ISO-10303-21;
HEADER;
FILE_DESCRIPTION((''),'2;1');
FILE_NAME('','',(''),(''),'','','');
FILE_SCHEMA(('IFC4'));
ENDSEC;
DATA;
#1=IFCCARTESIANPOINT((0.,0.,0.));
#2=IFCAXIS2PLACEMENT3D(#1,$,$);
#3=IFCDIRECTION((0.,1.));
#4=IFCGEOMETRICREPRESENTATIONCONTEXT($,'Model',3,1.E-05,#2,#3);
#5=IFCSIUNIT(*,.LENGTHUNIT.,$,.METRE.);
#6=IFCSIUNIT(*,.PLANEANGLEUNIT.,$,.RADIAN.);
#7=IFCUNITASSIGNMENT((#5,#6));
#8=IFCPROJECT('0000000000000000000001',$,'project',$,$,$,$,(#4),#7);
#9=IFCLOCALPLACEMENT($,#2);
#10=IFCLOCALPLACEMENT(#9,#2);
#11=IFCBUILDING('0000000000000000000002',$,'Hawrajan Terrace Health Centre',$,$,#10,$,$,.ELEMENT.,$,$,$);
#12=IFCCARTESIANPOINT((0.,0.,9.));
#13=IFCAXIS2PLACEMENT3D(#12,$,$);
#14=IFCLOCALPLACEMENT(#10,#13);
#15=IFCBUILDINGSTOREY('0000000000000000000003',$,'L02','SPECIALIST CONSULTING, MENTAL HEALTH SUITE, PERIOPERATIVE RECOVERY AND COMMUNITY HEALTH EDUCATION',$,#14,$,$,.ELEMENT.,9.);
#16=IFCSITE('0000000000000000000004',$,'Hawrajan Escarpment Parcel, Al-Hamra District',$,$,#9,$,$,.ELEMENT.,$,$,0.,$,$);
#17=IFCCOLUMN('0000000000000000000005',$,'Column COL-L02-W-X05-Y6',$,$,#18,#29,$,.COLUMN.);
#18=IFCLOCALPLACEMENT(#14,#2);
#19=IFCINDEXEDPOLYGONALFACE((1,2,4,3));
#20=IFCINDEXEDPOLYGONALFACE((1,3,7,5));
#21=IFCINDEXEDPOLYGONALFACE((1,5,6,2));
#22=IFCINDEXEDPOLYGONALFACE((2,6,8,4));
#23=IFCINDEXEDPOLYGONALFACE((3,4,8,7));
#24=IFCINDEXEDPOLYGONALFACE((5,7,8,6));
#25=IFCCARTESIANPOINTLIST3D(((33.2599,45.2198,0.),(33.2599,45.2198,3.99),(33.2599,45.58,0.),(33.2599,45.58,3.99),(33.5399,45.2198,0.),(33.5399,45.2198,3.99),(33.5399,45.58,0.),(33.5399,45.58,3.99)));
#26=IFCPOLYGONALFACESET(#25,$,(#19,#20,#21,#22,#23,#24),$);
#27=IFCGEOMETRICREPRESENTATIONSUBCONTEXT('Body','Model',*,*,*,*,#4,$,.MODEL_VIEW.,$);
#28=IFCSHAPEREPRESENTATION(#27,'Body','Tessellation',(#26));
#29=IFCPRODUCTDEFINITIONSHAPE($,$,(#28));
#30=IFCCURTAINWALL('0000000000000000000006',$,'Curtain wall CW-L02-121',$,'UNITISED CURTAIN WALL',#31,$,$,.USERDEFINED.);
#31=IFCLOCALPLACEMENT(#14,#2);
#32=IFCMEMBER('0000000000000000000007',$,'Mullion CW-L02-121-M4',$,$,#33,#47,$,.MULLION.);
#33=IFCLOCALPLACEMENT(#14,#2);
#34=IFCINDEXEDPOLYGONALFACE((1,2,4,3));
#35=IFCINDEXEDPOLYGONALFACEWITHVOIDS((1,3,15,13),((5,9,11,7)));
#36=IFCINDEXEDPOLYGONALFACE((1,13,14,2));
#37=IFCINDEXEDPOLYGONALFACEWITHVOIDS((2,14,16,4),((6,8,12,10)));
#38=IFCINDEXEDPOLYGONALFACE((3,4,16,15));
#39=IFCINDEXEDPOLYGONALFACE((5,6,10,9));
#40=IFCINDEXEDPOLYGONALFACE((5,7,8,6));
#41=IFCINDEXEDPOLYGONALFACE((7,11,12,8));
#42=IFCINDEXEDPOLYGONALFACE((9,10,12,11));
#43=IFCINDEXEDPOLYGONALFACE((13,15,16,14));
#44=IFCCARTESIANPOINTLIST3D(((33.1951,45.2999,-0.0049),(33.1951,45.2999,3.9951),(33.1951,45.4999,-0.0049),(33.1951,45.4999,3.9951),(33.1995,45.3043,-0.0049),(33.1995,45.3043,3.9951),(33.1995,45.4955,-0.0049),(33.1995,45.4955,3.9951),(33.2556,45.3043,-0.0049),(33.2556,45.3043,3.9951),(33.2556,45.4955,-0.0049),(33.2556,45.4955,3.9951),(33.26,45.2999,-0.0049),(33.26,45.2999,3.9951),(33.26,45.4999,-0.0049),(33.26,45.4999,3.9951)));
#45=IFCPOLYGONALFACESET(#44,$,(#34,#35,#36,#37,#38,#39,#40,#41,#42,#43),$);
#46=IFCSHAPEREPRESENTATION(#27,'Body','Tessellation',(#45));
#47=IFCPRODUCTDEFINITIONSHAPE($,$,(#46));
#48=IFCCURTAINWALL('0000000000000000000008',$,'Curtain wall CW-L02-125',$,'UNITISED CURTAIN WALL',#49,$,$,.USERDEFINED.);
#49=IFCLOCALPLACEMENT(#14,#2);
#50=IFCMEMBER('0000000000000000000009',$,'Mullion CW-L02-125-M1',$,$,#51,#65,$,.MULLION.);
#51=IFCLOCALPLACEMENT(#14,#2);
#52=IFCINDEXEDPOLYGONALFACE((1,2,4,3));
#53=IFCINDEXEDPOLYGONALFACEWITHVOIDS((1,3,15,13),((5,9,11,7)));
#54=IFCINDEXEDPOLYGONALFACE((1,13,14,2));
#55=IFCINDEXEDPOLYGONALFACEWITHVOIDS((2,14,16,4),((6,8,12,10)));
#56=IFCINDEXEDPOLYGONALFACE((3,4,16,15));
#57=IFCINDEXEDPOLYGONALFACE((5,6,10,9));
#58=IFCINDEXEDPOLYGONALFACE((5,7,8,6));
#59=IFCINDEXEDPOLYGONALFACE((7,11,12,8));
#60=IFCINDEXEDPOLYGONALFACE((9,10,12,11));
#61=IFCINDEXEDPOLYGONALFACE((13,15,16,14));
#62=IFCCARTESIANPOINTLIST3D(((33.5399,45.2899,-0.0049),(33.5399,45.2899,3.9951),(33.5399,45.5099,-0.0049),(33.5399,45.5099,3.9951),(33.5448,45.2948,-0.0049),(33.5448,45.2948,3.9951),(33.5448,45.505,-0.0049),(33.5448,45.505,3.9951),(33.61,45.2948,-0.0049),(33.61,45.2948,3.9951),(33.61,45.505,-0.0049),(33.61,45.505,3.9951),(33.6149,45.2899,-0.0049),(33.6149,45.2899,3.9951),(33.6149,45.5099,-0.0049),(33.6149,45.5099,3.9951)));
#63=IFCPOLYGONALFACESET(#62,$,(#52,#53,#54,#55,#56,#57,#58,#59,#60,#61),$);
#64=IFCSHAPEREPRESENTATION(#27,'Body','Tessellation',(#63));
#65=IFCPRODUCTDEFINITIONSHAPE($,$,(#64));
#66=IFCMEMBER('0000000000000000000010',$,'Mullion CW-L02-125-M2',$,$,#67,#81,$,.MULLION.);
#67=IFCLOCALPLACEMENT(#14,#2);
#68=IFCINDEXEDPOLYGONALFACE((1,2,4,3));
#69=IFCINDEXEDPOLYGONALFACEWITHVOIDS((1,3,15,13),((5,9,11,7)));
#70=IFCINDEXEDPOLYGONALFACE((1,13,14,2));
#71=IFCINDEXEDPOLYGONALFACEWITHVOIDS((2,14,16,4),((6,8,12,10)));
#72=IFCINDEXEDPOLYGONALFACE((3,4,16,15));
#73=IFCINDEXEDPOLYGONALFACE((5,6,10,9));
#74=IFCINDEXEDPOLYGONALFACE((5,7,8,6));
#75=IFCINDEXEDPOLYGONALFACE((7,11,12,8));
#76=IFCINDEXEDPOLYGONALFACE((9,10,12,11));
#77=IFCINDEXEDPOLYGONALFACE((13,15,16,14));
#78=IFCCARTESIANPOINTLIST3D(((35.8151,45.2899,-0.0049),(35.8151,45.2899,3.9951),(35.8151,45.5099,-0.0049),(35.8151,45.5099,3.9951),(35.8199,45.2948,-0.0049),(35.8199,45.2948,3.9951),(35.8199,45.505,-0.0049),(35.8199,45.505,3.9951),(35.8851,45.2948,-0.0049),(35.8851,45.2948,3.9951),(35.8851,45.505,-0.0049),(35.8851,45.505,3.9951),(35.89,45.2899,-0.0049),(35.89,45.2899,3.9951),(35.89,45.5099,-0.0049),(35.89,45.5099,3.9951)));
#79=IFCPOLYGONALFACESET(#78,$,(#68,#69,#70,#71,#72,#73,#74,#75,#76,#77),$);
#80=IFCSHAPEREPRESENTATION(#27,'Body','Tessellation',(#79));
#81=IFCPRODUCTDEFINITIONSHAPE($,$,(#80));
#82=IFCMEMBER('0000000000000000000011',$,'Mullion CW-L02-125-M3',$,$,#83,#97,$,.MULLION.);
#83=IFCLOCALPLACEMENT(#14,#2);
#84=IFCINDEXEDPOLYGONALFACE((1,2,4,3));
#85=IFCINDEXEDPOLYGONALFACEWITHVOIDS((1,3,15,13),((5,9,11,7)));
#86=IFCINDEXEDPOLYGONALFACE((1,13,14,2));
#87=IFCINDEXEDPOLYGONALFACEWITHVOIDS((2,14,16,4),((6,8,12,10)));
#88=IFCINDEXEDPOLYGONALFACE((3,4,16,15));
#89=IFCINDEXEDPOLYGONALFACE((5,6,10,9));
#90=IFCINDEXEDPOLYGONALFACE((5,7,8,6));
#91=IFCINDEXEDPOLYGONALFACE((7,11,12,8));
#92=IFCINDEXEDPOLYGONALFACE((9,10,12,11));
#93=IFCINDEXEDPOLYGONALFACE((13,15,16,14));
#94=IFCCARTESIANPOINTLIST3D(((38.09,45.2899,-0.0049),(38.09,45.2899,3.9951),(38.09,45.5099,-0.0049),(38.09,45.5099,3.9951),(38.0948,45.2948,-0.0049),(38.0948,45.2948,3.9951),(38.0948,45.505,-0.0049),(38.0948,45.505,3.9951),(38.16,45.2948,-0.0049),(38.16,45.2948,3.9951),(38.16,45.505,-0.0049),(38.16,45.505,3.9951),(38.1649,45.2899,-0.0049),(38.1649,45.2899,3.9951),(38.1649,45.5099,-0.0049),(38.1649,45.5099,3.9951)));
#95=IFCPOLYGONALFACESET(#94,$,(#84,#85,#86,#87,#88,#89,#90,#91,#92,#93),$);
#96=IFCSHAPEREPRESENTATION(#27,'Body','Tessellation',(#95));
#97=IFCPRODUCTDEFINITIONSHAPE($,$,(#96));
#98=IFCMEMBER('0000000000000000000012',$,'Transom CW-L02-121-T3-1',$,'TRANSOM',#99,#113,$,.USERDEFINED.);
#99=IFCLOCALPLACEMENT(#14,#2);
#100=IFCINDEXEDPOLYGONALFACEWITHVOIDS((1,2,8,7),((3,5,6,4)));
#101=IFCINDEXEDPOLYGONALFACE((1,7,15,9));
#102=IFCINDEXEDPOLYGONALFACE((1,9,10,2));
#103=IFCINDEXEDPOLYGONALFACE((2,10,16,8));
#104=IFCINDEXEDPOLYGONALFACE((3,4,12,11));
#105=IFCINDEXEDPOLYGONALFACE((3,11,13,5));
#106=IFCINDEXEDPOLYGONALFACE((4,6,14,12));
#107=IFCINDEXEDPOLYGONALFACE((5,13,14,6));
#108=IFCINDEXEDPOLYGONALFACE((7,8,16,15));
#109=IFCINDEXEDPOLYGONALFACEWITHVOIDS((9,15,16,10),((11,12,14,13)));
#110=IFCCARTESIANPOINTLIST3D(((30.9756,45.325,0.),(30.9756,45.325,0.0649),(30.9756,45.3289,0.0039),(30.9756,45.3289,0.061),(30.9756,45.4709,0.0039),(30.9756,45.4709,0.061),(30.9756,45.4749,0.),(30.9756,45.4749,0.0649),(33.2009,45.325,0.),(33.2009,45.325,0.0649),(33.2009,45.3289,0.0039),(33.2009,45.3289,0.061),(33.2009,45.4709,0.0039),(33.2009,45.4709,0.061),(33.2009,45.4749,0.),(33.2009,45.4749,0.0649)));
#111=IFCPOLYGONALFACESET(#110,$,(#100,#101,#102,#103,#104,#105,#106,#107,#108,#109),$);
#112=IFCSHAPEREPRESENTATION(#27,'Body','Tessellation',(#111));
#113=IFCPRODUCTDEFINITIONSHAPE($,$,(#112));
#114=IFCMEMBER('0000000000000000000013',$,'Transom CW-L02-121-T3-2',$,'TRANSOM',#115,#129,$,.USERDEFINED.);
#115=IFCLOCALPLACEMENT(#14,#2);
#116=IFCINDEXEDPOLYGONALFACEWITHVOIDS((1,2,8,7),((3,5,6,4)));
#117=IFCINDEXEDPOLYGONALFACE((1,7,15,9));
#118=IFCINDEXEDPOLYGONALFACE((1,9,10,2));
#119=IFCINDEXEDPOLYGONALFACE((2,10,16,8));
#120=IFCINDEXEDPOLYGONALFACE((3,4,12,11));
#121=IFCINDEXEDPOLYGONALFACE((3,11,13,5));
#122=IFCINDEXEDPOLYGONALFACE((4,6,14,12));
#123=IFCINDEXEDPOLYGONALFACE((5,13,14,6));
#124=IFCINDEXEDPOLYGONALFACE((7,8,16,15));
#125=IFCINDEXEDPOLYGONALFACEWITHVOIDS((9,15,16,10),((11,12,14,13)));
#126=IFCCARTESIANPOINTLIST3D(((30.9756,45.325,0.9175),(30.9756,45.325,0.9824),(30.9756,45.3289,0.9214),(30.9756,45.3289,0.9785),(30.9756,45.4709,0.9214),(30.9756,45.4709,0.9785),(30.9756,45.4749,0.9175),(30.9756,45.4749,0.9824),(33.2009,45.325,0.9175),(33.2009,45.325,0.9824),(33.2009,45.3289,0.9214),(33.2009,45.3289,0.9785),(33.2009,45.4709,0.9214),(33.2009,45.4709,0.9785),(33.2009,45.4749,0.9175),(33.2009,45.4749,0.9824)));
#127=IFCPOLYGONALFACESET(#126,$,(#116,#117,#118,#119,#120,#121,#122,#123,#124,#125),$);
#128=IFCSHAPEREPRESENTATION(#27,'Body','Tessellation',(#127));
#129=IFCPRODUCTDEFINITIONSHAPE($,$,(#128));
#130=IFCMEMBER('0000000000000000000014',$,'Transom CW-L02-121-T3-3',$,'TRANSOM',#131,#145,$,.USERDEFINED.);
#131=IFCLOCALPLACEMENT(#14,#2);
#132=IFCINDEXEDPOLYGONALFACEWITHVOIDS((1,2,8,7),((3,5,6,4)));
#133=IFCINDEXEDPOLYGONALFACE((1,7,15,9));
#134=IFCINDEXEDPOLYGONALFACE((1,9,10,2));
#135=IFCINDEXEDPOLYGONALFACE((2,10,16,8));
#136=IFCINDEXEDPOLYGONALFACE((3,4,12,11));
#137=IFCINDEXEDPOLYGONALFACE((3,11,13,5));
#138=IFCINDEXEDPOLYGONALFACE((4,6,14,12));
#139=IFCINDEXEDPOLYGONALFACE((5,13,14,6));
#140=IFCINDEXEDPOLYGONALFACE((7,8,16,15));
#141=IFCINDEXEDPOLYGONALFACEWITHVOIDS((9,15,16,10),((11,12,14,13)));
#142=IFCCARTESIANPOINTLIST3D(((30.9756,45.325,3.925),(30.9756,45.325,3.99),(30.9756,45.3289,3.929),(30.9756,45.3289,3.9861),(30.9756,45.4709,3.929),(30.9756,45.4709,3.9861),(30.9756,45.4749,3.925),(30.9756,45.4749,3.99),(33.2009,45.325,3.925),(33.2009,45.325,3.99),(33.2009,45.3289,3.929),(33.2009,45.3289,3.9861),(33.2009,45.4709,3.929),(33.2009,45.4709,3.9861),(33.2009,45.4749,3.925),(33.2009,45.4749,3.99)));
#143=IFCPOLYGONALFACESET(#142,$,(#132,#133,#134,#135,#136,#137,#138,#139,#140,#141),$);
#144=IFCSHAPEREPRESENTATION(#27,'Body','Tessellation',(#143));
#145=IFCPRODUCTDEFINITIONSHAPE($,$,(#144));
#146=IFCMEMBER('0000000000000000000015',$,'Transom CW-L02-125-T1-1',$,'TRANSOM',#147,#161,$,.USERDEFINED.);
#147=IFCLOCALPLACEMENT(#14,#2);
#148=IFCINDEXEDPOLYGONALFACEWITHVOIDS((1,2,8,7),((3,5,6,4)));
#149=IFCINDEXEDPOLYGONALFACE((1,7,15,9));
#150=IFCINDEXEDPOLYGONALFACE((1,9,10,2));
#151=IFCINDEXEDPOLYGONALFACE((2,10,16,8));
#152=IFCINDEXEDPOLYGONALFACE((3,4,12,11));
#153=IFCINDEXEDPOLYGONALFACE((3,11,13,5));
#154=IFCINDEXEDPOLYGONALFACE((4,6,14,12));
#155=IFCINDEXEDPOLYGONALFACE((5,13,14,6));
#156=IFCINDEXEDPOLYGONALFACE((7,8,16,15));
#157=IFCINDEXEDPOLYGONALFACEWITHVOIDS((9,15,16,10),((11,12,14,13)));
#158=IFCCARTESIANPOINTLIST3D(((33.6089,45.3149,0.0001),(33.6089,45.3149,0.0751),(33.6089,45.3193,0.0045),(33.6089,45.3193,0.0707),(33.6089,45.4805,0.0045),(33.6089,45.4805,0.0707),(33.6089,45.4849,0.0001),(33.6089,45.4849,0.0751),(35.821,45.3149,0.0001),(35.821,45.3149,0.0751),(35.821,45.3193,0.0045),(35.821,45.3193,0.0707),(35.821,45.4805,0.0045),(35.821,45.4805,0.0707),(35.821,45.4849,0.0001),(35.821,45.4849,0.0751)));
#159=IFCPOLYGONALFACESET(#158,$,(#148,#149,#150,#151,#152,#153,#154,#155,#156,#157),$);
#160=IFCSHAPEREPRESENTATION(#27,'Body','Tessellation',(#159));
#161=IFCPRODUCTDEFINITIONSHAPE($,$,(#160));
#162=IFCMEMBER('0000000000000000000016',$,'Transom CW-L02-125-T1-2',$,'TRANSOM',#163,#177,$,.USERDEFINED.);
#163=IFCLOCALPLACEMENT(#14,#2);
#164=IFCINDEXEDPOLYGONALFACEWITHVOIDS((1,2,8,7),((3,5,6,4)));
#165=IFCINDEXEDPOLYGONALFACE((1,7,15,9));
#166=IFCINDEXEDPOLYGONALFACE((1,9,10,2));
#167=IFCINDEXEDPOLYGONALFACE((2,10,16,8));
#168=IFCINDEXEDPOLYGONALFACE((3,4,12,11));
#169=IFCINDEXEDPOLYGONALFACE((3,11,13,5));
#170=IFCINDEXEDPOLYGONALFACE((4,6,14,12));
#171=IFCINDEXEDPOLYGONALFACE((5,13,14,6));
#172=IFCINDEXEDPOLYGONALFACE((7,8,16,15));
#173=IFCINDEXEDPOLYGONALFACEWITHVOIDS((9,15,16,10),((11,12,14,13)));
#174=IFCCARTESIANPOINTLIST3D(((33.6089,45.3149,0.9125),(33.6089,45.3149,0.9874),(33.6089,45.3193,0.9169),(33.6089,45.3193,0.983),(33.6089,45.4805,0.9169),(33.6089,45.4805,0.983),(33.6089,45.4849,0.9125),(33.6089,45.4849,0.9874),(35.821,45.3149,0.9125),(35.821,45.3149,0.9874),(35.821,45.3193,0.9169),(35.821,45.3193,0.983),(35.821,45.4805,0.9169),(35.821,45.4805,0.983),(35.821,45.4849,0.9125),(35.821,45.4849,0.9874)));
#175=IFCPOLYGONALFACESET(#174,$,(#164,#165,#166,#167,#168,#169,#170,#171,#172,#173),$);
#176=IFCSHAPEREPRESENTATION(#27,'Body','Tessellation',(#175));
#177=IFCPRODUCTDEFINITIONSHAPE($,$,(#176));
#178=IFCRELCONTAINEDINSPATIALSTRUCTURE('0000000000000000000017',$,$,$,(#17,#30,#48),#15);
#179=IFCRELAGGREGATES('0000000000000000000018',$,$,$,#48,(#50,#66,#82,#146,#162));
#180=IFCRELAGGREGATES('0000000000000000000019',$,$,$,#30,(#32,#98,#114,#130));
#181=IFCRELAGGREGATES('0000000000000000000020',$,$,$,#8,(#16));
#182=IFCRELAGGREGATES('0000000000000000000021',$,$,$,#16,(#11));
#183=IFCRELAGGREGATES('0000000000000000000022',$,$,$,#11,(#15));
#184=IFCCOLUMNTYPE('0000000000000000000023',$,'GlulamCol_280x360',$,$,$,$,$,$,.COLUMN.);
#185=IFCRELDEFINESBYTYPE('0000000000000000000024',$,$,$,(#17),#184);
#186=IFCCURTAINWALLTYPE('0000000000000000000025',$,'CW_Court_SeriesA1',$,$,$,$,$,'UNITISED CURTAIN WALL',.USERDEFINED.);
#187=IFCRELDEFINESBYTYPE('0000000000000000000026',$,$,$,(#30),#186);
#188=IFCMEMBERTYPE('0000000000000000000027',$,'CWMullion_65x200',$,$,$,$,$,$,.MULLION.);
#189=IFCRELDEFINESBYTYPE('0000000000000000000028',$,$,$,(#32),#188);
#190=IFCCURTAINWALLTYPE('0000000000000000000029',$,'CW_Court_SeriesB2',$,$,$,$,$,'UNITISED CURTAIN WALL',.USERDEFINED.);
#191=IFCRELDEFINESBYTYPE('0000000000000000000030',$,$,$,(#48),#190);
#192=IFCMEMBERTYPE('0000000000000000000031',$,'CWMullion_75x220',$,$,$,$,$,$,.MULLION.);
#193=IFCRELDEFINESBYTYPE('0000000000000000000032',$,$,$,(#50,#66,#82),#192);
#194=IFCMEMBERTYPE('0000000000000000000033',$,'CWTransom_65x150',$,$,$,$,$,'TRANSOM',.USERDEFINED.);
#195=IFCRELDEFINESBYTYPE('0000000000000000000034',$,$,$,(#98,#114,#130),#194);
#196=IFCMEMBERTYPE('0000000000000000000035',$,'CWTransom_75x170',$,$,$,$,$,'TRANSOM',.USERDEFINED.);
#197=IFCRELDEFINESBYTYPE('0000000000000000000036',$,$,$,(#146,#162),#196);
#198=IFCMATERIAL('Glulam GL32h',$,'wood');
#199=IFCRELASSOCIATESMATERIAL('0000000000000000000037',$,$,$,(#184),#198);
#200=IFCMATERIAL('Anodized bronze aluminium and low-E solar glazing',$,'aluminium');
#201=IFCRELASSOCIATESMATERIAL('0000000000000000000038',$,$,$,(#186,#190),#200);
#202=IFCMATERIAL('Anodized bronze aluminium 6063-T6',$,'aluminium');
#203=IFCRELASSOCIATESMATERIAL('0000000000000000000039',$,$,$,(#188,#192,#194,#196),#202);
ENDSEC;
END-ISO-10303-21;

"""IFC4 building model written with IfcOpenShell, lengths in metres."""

from ifc_helpers import new_model, si_unit, direction, frame, origin, origin_2d, place, context, subcontext, project, spatial, rectangle, hollow_rectangle, extrude, material, material_profile, profile_set, type_object, element, aggregate, save


model = new_model("IFC4")

# Units and contexts
model_context = context("Model", 3, precision=1e-05, world=origin(), true_north=direction((0.0, 1.0)))
body_context = subcontext(model_context, "Body", "Model", "MODEL_VIEW")
ifc_project = project(units=[si_unit("LENGTHUNIT", "METRE"), si_unit("PLANEANGLEUNIT", "RADIAN")], contexts=[model_context])

# Site, building, storey
site_placement = place(None, origin())
site = spatial("IfcSite", under=ifc_project, at=site_placement, Name="Hawrajan Escarpment Parcel, Al-Hamra District", CompositionType="ELEMENT", RefElevation=0.0)
building_placement = place(site_placement, origin())
building = spatial("IfcBuilding", under=site, at=building_placement, Name="Hawrajan Terrace Health Centre", CompositionType="ELEMENT")
storey_placement = place(building_placement, frame((0.0, 0.0, 9.0)))
storey = spatial("IfcBuildingStorey", under=building, at=storey_placement, Name="L02", Description="SPECIALIST CONSULTING, MENTAL HEALTH SUITE, PERIOPERATIVE RECOVERY AND COMMUNITY HEALTH EDUCATION", CompositionType="ELEMENT", Elevation=9.0)

# Column
ifc_material_1 = material(Name="Glulam GL32h", Category="wood")
ifc_material_profile_1 = material_profile(ifc_material_1, rectangle(XDim=0.28, YDim=0.3601, at=origin_2d()), Name="GL 280x360")
ifc_profile_set_1 = profile_set([ifc_material_profile_1], Name="Glulam GL32h")
column_type = type_object("IfcColumnType", Name="GlulamCol_280x360", PredefinedType="COLUMN", material=ifc_profile_set_1)
column_placement = place(storey_placement, frame((33.3999, 45.3999, 0.0), z_axis=(0.0, 0.0, 1.0), x_axis=(1.0, 0.0, 0.0)))
element("IfcColumn", 1, at=column_placement, inside=storey, type_object=column_type, Name="Column COL-L02-W-X05-Y6", PredefinedType="COLUMN", context=body_context, shape_type="SweptSolid", body=[
    extrude(rectangle(XDim=0.28, YDim=0.3601, at=origin_2d()), origin(), (0.0, 0.0, 1.0), 3.99),
])

# Curtain wall, member
ifc_material_2 = material(Name="Anodized bronze aluminium and low-E solar glazing", Category="aluminium")
curtain_wall_type_1 = type_object("IfcCurtainWallType", Name="CW_Court_SeriesA1", ElementType="UNITISED CURTAIN WALL", PredefinedType="USERDEFINED", material=ifc_material_2)
curtain_wall_1_placement = place(storey_placement, origin())
curtain_wall_1 = element("IfcCurtainWall", 2, at=curtain_wall_1_placement, inside=storey, type_object=curtain_wall_type_1, Name="Curtain wall CW-L02-121", ObjectType="UNITISED CURTAIN WALL", PredefinedType="USERDEFINED")
ifc_material_3 = material(Name="Anodized bronze aluminium 6063-T6", Category="aluminium")
ifc_material_profile_2 = material_profile(ifc_material_3, hollow_rectangle(XDim=0.0649, YDim=0.2, WallThickness=0.0044, at=origin_2d()), Name="CW MUL 65x200")
ifc_profile_set_2 = profile_set([ifc_material_profile_2], Name="Anodized bronze aluminium 6063-T6")
member_type_1 = type_object("IfcMemberType", Name="CWMullion_65x200", PredefinedType="MULLION", material=ifc_profile_set_2)
member_1_placement = place(storey_placement, frame((33.2275, 45.3999, -0.0049), z_axis=(0.0, 0.0, 1.0), x_axis=(1.0, 0.0, 0.0)))
member_1 = element("IfcMember", 3, at=member_1_placement, type_object=member_type_1, Name="Mullion CW-L02-121-M4", PredefinedType="MULLION", context=body_context, shape_type="SweptSolid", body=[
    extrude(hollow_rectangle(XDim=0.0649, YDim=0.2, WallThickness=0.0044, at=origin_2d()), origin(), (0.0, 0.0, 1.0), 4.0),
])

# Curtain wall, members
curtain_wall_type_2 = type_object("IfcCurtainWallType", Name="CW_Court_SeriesB2", ElementType="UNITISED CURTAIN WALL", PredefinedType="USERDEFINED", material=ifc_material_2)
curtain_wall_2_placement = place(storey_placement, origin())
curtain_wall_2 = element("IfcCurtainWall", 4, at=curtain_wall_2_placement, inside=storey, type_object=curtain_wall_type_2, Name="Curtain wall CW-L02-125", ObjectType="UNITISED CURTAIN WALL", PredefinedType="USERDEFINED")
ifc_material_profile_3 = material_profile(ifc_material_3, hollow_rectangle(XDim=0.075, YDim=0.22, WallThickness=0.0049, at=origin_2d()), Name="CW MUL 75x220")
ifc_profile_set_3 = profile_set([ifc_material_profile_3], Name="Anodized bronze aluminium 6063-T6")
member_type_2 = type_object("IfcMemberType", Name="CWMullion_75x220", PredefinedType="MULLION", material=ifc_profile_set_3)
member_2_placement = place(storey_placement, frame((33.5774, 45.3999, -0.0049), z_axis=(0.0, 0.0, 1.0), x_axis=(1.0, 0.0, 0.0)))
member_2 = element("IfcMember", 5, at=member_2_placement, type_object=member_type_2, Name="Mullion CW-L02-125-M1", PredefinedType="MULLION", context=body_context, shape_type="SweptSolid", body=[
    extrude(hollow_rectangle(XDim=0.075, YDim=0.22, WallThickness=0.0049, at=origin_2d()), origin(), (0.0, 0.0, 1.0), 4.0),
])
member_3_placement = place(storey_placement, frame((35.8525, 45.3999, -0.0049), z_axis=(0.0, 0.0, 1.0), x_axis=(1.0, 0.0, 0.0)))
member_3 = element("IfcMember", 6, at=member_3_placement, type_object=member_type_2, Name="Mullion CW-L02-125-M2", PredefinedType="MULLION", context=body_context, shape_type="SweptSolid", body=[
    extrude(hollow_rectangle(XDim=0.075, YDim=0.22, WallThickness=0.0049, at=origin_2d()), origin(), (0.0, 0.0, 1.0), 4.0),
])
member_4_placement = place(storey_placement, frame((38.1274, 45.3999, -0.0049), z_axis=(0.0, 0.0, 1.0), x_axis=(1.0, 0.0, 0.0)))
member_4 = element("IfcMember", 7, at=member_4_placement, type_object=member_type_2, Name="Mullion CW-L02-125-M3", PredefinedType="MULLION", context=body_context, shape_type="SweptSolid", body=[
    extrude(hollow_rectangle(XDim=0.075, YDim=0.22, WallThickness=0.0049, at=origin_2d()), origin(), (0.0, 0.0, 1.0), 4.0),
])

# Members
ifc_material_profile_4 = material_profile(ifc_material_3, hollow_rectangle(XDim=0.0649, YDim=0.1499, WallThickness=0.0039, at=origin_2d()), Name="CW TRN 65x150")
ifc_profile_set_4 = profile_set([ifc_material_profile_4], Name="Anodized bronze aluminium 6063-T6")
member_type_3 = type_object("IfcMemberType", Name="CWTransom_65x150", ElementType="TRANSOM", PredefinedType="USERDEFINED", material=ifc_profile_set_4)
member_5_placement = place(storey_placement, frame((30.9756, 45.3999, 0.0325), z_axis=(1.0, 0.0, 0.0), x_axis=(0.0, 0.0, 1.0)))
member_5 = element("IfcMember", 8, at=member_5_placement, type_object=member_type_3, Name="Transom CW-L02-121-T3-1", ObjectType="TRANSOM", PredefinedType="USERDEFINED", context=body_context, shape_type="SweptSolid", body=[
    extrude(hollow_rectangle(XDim=0.0649, YDim=0.1499, WallThickness=0.0039, at=origin_2d()), origin(), (0.0, 0.0, 1.0), 2.2253),
])
member_6_placement = place(storey_placement, frame((30.9756, 45.3999, 0.95), z_axis=(1.0, 0.0, 0.0), x_axis=(0.0, 0.0, 1.0)))
member_6 = element("IfcMember", 9, at=member_6_placement, type_object=member_type_3, Name="Transom CW-L02-121-T3-2", ObjectType="TRANSOM", PredefinedType="USERDEFINED", context=body_context, shape_type="SweptSolid", body=[
    extrude(hollow_rectangle(XDim=0.0649, YDim=0.1499, WallThickness=0.0039, at=origin_2d()), origin(), (0.0, 0.0, 1.0), 2.2253),
])
member_7_placement = place(storey_placement, frame((30.9756, 45.3999, 3.9575), z_axis=(1.0, 0.0, 0.0), x_axis=(0.0, 0.0, 1.0)))
member_7 = element("IfcMember", 10, at=member_7_placement, type_object=member_type_3, Name="Transom CW-L02-121-T3-3", ObjectType="TRANSOM", PredefinedType="USERDEFINED", context=body_context, shape_type="SweptSolid", body=[
    extrude(hollow_rectangle(XDim=0.0649, YDim=0.1499, WallThickness=0.0039, at=origin_2d()), origin(), (0.0, 0.0, 1.0), 2.2253),
])
ifc_material_profile_5 = material_profile(ifc_material_3, hollow_rectangle(XDim=0.075, YDim=0.1699, WallThickness=0.0044, at=origin_2d()), Name="CW TRN 75x170")
ifc_profile_set_5 = profile_set([ifc_material_profile_5], Name="Anodized bronze aluminium 6063-T6")
member_type_4 = type_object("IfcMemberType", Name="CWTransom_75x170", ElementType="TRANSOM", PredefinedType="USERDEFINED", material=ifc_profile_set_5)
member_8_placement = place(storey_placement, frame((33.6089, 45.3999, 0.0376), z_axis=(1.0, 0.0, 0.0), x_axis=(0.0, 0.0, 1.0)))
member_8 = element("IfcMember", 11, at=member_8_placement, type_object=member_type_4, Name="Transom CW-L02-125-T1-1", ObjectType="TRANSOM", PredefinedType="USERDEFINED", context=body_context, shape_type="SweptSolid", body=[
    extrude(hollow_rectangle(XDim=0.075, YDim=0.1699, WallThickness=0.0044, at=origin_2d()), origin(), (0.0, 0.0, 1.0), 2.2122),
])
member_9_placement = place(storey_placement, frame((33.6089, 45.3999, 0.95), z_axis=(1.0, 0.0, 0.0), x_axis=(0.0, 0.0, 1.0)))
member_9 = element("IfcMember", 12, at=member_9_placement, type_object=member_type_4, Name="Transom CW-L02-125-T1-2", ObjectType="TRANSOM", PredefinedType="USERDEFINED", context=body_context, shape_type="SweptSolid", body=[
    extrude(hollow_rectangle(XDim=0.075, YDim=0.1699, WallThickness=0.0044, at=origin_2d()), origin(), (0.0, 0.0, 1.0), 2.2122),
])

aggregate(curtain_wall_2, [member_2, member_3, member_4, member_8, member_9])
aggregate(curtain_wall_1, [member_1, member_5, member_6, member_7])

save(model, "model.ifc")
